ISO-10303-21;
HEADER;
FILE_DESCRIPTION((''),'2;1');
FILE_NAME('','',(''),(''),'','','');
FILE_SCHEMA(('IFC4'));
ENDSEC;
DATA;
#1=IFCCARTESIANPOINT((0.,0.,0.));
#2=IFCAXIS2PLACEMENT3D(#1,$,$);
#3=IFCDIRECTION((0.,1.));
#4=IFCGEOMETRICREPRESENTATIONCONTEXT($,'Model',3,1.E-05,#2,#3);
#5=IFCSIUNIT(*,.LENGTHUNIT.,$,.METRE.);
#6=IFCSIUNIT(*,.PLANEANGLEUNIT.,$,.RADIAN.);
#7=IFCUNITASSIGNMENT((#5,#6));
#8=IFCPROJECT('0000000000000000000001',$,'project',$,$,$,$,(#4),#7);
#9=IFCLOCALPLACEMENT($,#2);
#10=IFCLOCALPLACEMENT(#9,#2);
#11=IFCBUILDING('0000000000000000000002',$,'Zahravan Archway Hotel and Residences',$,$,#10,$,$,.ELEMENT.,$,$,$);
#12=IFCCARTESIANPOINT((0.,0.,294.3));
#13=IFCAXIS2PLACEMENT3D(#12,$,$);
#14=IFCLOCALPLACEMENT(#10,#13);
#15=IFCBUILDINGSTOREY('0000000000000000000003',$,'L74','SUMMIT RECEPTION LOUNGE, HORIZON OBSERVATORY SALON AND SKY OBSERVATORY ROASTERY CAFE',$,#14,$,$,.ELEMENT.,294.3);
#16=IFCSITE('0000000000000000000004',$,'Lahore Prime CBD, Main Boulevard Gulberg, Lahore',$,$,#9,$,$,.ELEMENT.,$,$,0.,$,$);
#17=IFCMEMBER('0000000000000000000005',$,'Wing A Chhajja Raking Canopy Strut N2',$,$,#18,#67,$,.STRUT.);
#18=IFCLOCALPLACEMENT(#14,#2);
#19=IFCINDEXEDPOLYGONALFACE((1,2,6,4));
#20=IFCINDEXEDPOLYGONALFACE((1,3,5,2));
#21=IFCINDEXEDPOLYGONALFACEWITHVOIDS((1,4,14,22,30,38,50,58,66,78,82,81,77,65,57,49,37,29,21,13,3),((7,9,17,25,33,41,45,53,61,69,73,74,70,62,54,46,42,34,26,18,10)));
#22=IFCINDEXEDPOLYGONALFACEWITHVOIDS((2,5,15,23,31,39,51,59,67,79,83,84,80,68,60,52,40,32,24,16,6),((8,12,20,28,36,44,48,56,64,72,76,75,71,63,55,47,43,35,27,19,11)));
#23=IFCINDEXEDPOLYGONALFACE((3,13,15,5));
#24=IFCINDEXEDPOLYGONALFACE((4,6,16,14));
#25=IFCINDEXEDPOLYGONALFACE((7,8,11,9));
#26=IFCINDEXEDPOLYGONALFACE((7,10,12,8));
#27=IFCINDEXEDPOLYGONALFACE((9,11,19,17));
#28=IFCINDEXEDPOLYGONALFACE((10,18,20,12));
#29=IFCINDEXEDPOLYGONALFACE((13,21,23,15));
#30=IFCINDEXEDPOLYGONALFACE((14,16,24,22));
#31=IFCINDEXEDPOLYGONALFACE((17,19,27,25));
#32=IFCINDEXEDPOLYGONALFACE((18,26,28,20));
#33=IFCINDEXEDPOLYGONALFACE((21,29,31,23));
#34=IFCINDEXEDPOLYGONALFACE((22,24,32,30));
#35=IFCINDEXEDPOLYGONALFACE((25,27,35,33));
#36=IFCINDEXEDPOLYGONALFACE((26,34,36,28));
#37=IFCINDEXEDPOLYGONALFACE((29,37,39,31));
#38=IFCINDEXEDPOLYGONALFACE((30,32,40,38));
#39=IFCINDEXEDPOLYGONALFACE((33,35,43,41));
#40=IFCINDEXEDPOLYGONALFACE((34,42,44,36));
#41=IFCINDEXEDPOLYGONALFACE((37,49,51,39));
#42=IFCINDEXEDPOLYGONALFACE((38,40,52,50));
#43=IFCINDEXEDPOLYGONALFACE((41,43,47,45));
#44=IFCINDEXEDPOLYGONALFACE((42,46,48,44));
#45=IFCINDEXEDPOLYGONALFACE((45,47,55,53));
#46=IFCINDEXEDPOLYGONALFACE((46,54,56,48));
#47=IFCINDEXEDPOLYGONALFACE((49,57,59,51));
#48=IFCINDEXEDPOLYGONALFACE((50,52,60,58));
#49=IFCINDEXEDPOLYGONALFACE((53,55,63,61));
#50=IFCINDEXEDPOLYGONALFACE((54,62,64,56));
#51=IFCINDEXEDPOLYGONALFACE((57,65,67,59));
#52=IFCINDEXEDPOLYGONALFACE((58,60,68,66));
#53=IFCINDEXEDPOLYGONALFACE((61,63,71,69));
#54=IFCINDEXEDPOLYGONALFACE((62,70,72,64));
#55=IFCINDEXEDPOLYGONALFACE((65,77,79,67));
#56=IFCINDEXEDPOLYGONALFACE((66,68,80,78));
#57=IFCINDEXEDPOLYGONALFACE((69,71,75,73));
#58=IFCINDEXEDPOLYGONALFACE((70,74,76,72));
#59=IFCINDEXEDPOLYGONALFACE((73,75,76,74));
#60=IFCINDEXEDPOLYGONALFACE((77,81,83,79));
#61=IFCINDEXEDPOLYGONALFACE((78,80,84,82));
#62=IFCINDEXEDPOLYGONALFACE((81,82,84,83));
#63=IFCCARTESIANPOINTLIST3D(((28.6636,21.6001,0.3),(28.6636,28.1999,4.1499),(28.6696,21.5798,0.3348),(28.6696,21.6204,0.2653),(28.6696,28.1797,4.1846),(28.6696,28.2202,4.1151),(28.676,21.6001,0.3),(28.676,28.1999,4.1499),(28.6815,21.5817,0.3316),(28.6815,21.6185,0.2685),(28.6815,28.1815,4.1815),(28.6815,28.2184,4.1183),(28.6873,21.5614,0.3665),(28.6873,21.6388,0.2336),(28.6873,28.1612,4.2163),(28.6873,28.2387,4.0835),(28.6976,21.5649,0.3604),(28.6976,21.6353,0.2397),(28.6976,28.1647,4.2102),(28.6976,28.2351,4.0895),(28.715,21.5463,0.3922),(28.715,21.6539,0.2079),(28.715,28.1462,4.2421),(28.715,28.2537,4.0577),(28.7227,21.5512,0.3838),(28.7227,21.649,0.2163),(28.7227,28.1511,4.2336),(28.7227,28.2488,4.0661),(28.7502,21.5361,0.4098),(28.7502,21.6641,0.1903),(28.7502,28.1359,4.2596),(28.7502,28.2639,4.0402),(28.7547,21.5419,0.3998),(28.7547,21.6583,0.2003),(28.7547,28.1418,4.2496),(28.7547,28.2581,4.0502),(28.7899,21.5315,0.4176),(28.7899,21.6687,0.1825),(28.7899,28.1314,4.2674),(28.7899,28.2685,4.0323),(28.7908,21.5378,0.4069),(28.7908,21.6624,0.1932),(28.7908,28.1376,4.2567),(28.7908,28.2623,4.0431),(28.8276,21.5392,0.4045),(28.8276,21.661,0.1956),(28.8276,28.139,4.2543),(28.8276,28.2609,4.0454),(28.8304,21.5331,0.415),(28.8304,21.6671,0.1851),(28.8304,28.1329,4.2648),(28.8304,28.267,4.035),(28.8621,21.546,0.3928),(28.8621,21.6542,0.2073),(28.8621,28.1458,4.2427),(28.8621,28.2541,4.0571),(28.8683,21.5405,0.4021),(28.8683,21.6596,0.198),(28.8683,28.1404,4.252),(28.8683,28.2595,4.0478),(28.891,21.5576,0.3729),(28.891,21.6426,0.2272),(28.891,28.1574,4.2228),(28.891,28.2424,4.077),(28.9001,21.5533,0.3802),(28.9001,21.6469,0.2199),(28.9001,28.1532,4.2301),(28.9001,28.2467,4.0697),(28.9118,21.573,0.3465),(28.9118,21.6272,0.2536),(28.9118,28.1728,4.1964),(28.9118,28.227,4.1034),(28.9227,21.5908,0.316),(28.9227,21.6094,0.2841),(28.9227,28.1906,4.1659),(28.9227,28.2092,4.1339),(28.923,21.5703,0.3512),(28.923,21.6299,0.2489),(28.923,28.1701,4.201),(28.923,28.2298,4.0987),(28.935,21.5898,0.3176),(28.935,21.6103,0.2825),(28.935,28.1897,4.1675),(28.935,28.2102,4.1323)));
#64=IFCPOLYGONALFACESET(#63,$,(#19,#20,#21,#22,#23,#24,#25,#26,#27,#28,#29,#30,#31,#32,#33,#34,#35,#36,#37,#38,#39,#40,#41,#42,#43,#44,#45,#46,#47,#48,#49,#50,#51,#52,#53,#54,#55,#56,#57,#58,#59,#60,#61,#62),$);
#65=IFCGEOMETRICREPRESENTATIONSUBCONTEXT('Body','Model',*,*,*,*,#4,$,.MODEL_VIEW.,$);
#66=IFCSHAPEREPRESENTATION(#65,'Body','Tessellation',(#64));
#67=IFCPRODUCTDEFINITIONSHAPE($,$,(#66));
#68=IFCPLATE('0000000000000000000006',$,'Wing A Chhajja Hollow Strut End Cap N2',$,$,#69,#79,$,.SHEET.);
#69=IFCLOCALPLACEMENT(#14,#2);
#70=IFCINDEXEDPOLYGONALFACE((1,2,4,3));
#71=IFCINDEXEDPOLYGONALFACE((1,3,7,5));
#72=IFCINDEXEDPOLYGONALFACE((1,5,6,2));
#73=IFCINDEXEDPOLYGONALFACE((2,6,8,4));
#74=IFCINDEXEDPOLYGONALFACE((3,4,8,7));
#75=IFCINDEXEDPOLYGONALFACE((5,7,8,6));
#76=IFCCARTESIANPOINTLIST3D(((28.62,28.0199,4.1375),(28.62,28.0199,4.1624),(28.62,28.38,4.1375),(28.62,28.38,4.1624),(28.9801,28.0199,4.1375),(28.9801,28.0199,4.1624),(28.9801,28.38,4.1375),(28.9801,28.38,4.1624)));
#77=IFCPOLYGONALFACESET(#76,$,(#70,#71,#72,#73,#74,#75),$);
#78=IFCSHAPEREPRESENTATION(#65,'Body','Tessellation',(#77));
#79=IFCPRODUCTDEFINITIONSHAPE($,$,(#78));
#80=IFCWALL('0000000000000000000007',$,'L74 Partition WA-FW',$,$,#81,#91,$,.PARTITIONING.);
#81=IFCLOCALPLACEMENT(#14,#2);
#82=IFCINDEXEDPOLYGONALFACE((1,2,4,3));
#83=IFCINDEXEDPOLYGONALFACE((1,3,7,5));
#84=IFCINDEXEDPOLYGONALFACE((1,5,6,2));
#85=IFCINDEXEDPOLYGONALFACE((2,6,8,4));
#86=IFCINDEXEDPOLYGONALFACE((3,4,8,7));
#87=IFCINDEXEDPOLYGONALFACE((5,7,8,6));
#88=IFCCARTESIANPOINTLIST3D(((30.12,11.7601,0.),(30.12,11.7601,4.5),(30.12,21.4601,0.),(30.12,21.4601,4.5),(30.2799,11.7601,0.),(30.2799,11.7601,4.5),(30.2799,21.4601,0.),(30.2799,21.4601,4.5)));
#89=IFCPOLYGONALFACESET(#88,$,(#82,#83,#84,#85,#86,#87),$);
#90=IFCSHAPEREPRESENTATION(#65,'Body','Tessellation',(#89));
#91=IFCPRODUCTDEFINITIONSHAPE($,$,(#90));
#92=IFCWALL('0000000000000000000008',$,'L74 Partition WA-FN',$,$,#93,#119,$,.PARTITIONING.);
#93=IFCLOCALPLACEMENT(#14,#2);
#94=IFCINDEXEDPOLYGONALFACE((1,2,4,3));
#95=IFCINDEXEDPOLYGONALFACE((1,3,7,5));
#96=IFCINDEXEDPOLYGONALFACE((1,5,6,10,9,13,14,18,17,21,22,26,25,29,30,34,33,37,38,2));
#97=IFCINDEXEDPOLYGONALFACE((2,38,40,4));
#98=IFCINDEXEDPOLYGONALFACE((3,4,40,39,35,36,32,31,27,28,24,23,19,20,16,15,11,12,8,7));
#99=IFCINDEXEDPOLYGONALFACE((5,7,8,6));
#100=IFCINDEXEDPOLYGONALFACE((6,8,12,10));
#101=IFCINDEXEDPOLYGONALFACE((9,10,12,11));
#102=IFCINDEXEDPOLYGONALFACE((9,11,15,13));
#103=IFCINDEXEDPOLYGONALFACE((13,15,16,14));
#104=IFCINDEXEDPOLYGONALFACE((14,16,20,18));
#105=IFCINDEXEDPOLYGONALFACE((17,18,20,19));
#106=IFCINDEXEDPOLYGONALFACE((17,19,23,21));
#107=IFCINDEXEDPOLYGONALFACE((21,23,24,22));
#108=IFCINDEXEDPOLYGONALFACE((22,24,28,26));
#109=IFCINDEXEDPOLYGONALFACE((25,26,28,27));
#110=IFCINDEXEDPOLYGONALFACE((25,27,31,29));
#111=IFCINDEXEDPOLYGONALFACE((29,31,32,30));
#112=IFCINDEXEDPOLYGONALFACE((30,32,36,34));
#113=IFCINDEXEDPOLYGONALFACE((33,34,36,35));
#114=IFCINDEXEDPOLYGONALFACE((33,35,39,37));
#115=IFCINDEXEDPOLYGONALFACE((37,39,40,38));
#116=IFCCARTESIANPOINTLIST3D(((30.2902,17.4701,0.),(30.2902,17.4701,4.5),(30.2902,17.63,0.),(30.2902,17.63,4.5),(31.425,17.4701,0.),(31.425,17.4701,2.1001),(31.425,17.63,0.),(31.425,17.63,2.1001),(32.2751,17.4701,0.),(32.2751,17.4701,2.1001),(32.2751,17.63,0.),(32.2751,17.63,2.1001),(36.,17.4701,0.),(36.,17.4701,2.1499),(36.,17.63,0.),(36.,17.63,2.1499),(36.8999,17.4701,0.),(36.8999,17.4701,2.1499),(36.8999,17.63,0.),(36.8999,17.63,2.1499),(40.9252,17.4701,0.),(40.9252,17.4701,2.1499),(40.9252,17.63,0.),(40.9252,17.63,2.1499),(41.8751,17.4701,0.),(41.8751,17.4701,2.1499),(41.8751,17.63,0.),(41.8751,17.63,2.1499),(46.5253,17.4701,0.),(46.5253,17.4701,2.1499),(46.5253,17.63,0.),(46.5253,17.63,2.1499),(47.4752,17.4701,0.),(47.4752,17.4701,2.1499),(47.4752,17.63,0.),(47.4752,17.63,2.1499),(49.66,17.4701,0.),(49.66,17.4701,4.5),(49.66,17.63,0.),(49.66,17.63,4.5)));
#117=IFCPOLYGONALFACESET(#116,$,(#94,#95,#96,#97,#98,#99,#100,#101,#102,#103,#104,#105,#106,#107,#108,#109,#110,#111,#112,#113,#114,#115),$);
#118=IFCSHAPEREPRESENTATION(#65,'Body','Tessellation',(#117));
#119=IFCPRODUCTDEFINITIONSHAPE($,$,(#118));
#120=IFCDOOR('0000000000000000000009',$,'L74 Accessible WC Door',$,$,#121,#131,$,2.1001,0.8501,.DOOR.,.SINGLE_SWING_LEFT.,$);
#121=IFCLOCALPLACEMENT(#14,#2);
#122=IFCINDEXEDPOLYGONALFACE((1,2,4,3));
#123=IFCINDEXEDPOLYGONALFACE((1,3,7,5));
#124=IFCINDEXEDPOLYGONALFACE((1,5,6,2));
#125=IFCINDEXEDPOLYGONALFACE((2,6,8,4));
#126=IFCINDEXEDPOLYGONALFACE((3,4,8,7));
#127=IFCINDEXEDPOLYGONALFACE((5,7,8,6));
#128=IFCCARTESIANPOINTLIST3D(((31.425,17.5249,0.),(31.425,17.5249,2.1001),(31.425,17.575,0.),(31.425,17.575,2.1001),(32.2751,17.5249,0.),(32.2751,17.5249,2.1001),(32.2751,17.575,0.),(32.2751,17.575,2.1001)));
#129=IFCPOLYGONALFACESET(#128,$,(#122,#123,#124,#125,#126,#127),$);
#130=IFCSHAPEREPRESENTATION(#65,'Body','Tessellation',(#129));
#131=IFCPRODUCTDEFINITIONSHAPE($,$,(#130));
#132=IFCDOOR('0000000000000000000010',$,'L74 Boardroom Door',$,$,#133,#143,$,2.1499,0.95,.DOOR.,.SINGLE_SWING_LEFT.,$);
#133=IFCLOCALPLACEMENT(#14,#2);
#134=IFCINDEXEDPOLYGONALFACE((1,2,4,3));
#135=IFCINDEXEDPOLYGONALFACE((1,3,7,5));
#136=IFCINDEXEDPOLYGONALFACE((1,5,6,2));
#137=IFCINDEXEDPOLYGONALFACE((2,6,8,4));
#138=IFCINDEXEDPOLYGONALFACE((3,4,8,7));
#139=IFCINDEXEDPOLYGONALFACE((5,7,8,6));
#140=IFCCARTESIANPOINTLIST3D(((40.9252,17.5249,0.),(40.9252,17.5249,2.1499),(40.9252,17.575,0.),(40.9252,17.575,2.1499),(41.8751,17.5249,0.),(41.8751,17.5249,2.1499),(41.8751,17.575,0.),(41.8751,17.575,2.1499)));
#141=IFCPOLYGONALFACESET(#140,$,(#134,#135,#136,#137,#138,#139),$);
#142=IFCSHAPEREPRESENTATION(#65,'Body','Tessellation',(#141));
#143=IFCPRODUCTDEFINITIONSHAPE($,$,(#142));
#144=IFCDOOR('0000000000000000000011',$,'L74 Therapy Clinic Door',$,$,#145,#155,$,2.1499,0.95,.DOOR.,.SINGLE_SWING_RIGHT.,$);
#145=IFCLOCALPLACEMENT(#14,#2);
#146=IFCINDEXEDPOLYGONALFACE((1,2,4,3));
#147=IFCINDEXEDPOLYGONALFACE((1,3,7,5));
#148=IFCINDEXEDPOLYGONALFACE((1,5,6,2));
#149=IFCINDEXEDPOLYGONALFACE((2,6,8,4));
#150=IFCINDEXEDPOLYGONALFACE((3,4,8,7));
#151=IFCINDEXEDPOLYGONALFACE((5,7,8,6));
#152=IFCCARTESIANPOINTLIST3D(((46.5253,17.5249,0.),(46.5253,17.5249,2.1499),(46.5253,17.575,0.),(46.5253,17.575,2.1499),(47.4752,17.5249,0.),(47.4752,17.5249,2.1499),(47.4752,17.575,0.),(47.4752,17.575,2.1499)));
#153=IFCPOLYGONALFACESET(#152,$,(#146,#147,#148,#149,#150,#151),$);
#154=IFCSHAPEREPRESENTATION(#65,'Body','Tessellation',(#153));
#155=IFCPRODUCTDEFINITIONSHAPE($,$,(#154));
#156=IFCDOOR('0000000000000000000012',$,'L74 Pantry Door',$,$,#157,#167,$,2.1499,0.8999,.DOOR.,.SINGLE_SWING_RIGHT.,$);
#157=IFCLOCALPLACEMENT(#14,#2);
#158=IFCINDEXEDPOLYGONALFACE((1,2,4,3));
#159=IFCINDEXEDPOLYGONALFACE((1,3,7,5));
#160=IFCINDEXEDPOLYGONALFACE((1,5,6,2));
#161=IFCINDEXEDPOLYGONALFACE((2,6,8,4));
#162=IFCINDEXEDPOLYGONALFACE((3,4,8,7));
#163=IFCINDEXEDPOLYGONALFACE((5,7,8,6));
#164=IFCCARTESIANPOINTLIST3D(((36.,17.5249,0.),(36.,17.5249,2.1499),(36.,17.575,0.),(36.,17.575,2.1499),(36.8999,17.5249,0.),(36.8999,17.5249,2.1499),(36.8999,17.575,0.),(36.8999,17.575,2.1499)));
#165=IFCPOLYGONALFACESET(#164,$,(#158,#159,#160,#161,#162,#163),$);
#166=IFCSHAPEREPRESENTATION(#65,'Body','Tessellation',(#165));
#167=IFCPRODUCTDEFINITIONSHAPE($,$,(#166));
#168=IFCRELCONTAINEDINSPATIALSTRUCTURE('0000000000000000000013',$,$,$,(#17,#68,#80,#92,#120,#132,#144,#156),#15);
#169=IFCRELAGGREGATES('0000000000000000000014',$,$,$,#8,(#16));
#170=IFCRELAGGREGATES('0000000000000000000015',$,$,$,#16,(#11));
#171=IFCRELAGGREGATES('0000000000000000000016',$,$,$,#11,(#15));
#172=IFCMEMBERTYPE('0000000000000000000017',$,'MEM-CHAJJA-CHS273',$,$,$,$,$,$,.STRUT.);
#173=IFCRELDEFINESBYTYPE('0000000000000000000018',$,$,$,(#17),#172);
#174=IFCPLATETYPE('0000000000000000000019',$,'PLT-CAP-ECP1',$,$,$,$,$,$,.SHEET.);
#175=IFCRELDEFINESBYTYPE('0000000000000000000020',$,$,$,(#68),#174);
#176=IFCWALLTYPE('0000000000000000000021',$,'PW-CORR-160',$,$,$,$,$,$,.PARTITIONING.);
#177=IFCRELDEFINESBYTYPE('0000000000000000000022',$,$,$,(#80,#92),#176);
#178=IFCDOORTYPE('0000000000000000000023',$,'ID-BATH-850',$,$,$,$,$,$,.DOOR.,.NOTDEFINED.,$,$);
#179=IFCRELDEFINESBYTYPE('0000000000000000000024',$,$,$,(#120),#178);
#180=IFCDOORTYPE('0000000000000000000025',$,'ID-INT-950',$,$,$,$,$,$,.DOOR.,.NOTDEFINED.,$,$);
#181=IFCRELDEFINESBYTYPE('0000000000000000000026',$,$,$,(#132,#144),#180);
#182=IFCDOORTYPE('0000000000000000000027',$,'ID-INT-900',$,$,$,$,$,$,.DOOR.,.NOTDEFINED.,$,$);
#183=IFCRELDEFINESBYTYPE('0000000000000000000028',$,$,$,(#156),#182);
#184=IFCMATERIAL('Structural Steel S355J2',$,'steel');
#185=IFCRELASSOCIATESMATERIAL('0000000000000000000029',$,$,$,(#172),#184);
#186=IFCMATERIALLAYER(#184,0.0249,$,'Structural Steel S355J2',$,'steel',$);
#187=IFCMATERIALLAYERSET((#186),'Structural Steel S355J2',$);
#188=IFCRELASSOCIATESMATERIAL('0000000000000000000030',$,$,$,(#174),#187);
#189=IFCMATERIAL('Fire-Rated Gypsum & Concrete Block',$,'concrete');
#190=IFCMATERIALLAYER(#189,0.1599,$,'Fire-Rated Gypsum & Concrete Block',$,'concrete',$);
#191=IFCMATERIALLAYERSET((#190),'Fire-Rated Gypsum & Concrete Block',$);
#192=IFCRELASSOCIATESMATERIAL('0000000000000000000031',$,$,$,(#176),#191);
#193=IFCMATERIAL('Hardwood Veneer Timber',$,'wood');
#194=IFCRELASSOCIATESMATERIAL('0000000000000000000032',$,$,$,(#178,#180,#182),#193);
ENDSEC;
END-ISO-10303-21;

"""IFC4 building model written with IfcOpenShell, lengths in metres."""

from ifc_helpers import new_model, si_unit, direction, frame, frame_2d, origin, origin_2d, place, context, subcontext, project, spatial, rectangle, hollow_circle, extrude, source, transform, mapped, material, layer, layer_set, material_profile, profile_set, type_object, type_shapes, element, fill, save


model = new_model("IFC4")

# Units and contexts
model_context = context("Model", 3, precision=1e-05, world=origin(), true_north=direction((0.0, 1.0)))
body_context = subcontext(model_context, "Body", "Model", "MODEL_VIEW")
ifc_project = project(units=[si_unit("LENGTHUNIT", "METRE"), si_unit("PLANEANGLEUNIT", "RADIAN")], contexts=[model_context])

# Site, building, storey
site_placement = place(None, origin())
site = spatial("IfcSite", under=ifc_project, at=site_placement, Name="Lahore Prime CBD, Main Boulevard Gulberg, Lahore", CompositionType="ELEMENT", RefElevation=0.0)
building_placement = place(site_placement, origin())
building = spatial("IfcBuilding", under=site, at=building_placement, Name="Zahravan Archway Hotel and Residences", CompositionType="ELEMENT")
storey_placement = place(building_placement, frame((0.0, 0.0, 294.3)))
storey = spatial("IfcBuildingStorey", under=building, at=storey_placement, Name="L74", Description="SUMMIT RECEPTION LOUNGE, HORIZON OBSERVATORY SALON AND SKY OBSERVATORY ROASTERY CAFE", CompositionType="ELEMENT", Elevation=294.3)

# Shared definitions
ifc_material_1 = material(Name="Structural Steel S355J2", Category="steel")

# Member
ifc_material_profile_1 = material_profile(ifc_material_1, hollow_circle(Radius=0.1365, WallThickness=0.0125, at=origin_2d()), Name="CHS 273x12.5", Category="steel")
ifc_profile_set_1 = profile_set([ifc_material_profile_1], Name="Structural Steel S355J2")
member_type = type_object("IfcMemberType", Name="MEM-CHAJJA-CHS273", PredefinedType="STRUT", material=ifc_profile_set_1)
shared_shape_1 = source(origin(), body_context, "Body", "SweptSolid", [
    extrude(hollow_circle(Radius=0.1365, WallThickness=0.0125, at=origin_2d()), origin(), (0.0, 0.0, 1.0), 7.6406),
])
member_placement = place(storey_placement, frame((28.8, 21.6001, 0.3), z_axis=(0.0, 0.863782, 0.503865), x_axis=(-1.0, 0.0, 0.0)))
element("IfcMember", 1, at=member_placement, inside=storey, type_object=member_type, Name="Wing A Chhajja Raking Canopy Strut N2", PredefinedType="STRUT", context=body_context, shape_type="MappedRepresentation", body=[
    mapped(shared_shape_1, transform((0.0, 0.0, 0.0), scale=1.0)),
])

# Plate
ifc_layer_1 = layer(ifc_material_1, 0.0249, Name="Structural Steel S355J2", Category="steel")
ifc_layer_set_1 = layer_set([ifc_layer_1], Name="Structural Steel S355J2")
plate_type = type_object("IfcPlateType", Name="PLT-CAP-ECP1", PredefinedType="SHEET", material=ifc_layer_set_1)
shared_shape_2 = source(origin(), body_context, "Body", "SweptSolid", [
    extrude(rectangle(XDim=0.3601, YDim=0.3601, at=origin_2d()), origin(), (0.0, 0.0, 1.0), 0.0249),
])
type_shapes(plate_type, [shared_shape_2])
plate_placement = place(storey_placement, frame((28.8, 28.2, 4.1375), z_axis=(0.0, 0.0, 1.0), x_axis=(1.0, 0.0, 0.0)))
element("IfcPlate", 2, at=plate_placement, inside=storey, type_object=plate_type, Name="Wing A Chhajja Hollow Strut End Cap N2", PredefinedType="SHEET", context=body_context, shape_type="MappedRepresentation", body=[
    mapped(shared_shape_2, transform((0.0, 0.0, 0.0), scale=1.0)),
])

# Wall
ifc_material_2 = material(Name="Fire-Rated Gypsum & Concrete Block", Category="concrete")
ifc_layer_2 = layer(ifc_material_2, 0.1599, Name="Fire-Rated Gypsum & Concrete Block", Category="concrete")
ifc_layer_set_2 = layer_set([ifc_layer_2], Name="Fire-Rated Gypsum & Concrete Block")
wall_type_1 = type_object("IfcWallType", Name="PW-CORR-160", PredefinedType="PARTITIONING", material=ifc_layer_set_2)
wall_1_placement = place(storey_placement, frame((30.2, 11.76, 0.0), z_axis=(0.0, 0.0, 1.0), x_axis=(0.0, 1.0, 0.0)))
element("IfcWall", 3, at=wall_1_placement, inside=storey, type_object=wall_type_1, Name="L74 Partition WA-FW", PredefinedType="PARTITIONING", context=body_context, shape_type="SweptSolid", body=[
    extrude(rectangle(XDim=9.7, YDim=0.1599, at=frame_2d((4.8501, 0.0))), origin(), (0.0, 0.0, 1.0), 4.5),
])

# Wall, openings, doors
wall_2_placement = place(storey_placement, frame((30.29, 17.55, 0.0), z_axis=(0.0, 0.0, 1.0), x_axis=(1.0, 0.0, 0.0)))
wall_2 = element("IfcWall", 4, at=wall_2_placement, inside=storey, type_object=wall_type_1, Name="L74 Partition WA-FN", PredefinedType="PARTITIONING", context=body_context, shape_type="SweptSolid", body=[
    extrude(rectangle(XDim=19.3699, YDim=0.1599, at=frame_2d((9.6851, 0.0))), origin(), (0.0, 0.0, 1.0), 4.5),
])
opening_1_placement = place(wall_2_placement, frame((1.135, 0.0, 0.0)))
opening_1 = element("IfcOpeningElement", 5, at=opening_1_placement, cuts=wall_2, PredefinedType="OPENING", context=body_context, shape_type="SweptSolid", body=[
    extrude(rectangle(XDim=0.8501, YDim=2.1001, at=frame_2d((0.425, 1.05))), frame((0.0, 0.0898, 0.0), z_axis=(0.0, -1.0, 0.0), x_axis=(1.0, 0.0, 0.0)), (0.0, 0.0, 1.0), 0.1799),
])
opening_2_placement = place(wall_2_placement, frame((5.71, 0.0, 0.0)))
opening_2 = element("IfcOpeningElement", 6, at=opening_2_placement, cuts=wall_2, PredefinedType="OPENING", context=body_context, shape_type="SweptSolid", body=[
    extrude(rectangle(XDim=0.8999, YDim=2.1499, at=frame_2d((0.45, 1.075))), frame((0.0, 0.0898, 0.0), z_axis=(0.0, -1.0, 0.0), x_axis=(1.0, 0.0, 0.0)), (0.0, 0.0, 1.0), 0.1799),
])
opening_3_placement = place(wall_2_placement, frame((10.635, 0.0, 0.0)))
opening_3 = element("IfcOpeningElement", 7, at=opening_3_placement, cuts=wall_2, PredefinedType="OPENING", context=body_context, shape_type="SweptSolid", body=[
    extrude(rectangle(XDim=0.95, YDim=2.1499, at=frame_2d((0.4751, 1.075))), frame((0.0, 0.0898, 0.0), z_axis=(0.0, -1.0, 0.0), x_axis=(1.0, 0.0, 0.0)), (0.0, 0.0, 1.0), 0.1799),
])
opening_4_placement = place(wall_2_placement, frame((16.2351, 0.0, 0.0)))
opening_4 = element("IfcOpeningElement", 8, at=opening_4_placement, cuts=wall_2, PredefinedType="OPENING", context=body_context, shape_type="SweptSolid", body=[
    extrude(rectangle(XDim=0.95, YDim=2.1499, at=frame_2d((0.4751, 1.075))), frame((0.0, 0.0898, 0.0), z_axis=(0.0, -1.0, 0.0), x_axis=(1.0, 0.0, 0.0)), (0.0, 0.0, 1.0), 0.1799),
])
ifc_material_3 = material(Name="Hardwood Veneer Timber", Category="wood")
door_type_1 = type_object("IfcDoorType", Name="ID-BATH-850", OperationType="NOTDEFINED", PredefinedType="DOOR", material=ifc_material_3)
shared_shape_3 = source(origin(), body_context, "Body", "SweptSolid", [
    extrude(rectangle(XDim=0.8501, YDim=2.1001, at=frame_2d((0.425, 1.05))), frame((0.0, 0.0249, 0.0), z_axis=(0.0, -1.0, 0.0), x_axis=(1.0, 0.0, 0.0)), (0.0, 0.0, 1.0), 0.05),
])
type_shapes(door_type_1, [shared_shape_3])
door_1_placement = place(opening_1_placement, origin())
door_1 = element("IfcDoor", 9, at=door_1_placement, inside=storey, type_object=door_type_1, Name="L74 Accessible WC Door", OperationType="SINGLE_SWING_LEFT", OverallHeight=2.1001, OverallWidth=0.8501, PredefinedType="DOOR", context=body_context, shape_type="MappedRepresentation", body=[
    mapped(shared_shape_3, transform((0.0, 0.0, 0.0), scale=1.0)),
])
fill(opening_1, door_1)
door_type_2 = type_object("IfcDoorType", Name="ID-INT-950", OperationType="NOTDEFINED", PredefinedType="DOOR", material=ifc_material_3)
shared_shape_4 = source(origin(), body_context, "Body", "SweptSolid", [
    extrude(rectangle(XDim=0.95, YDim=2.1499, at=frame_2d((0.4751, 1.075))), frame((0.0, 0.0249, 0.0), z_axis=(0.0, -1.0, 0.0), x_axis=(1.0, 0.0, 0.0)), (0.0, 0.0, 1.0), 0.05),
])
type_shapes(door_type_2, [shared_shape_4])
door_2_placement = place(opening_3_placement, origin())
door_2 = element("IfcDoor", 10, at=door_2_placement, inside=storey, type_object=door_type_2, Name="L74 Boardroom Door", OperationType="SINGLE_SWING_LEFT", OverallHeight=2.1499, OverallWidth=0.95, PredefinedType="DOOR", context=body_context, shape_type="MappedRepresentation", body=[
    mapped(shared_shape_4, transform((0.0, 0.0, 0.0), scale=1.0)),
])
fill(opening_3, door_2)
door_3_placement = place(opening_4_placement, origin())
door_3 = element("IfcDoor", 11, at=door_3_placement, inside=storey, type_object=door_type_2, Name="L74 Therapy Clinic Door", OperationType="SINGLE_SWING_RIGHT", OverallHeight=2.1499, OverallWidth=0.95, PredefinedType="DOOR", context=body_context, shape_type="MappedRepresentation", body=[
    mapped(shared_shape_4, transform((0.0, 0.0, 0.0), scale=1.0)),
])
fill(opening_4, door_3)
door_type_3 = type_object("IfcDoorType", Name="ID-INT-900", OperationType="NOTDEFINED", PredefinedType="DOOR", material=ifc_material_3)
shared_shape_5 = source(origin(), body_context, "Body", "SweptSolid", [
    extrude(rectangle(XDim=0.8999, YDim=2.1499, at=frame_2d((0.45, 1.075))), frame((0.0, 0.0249, 0.0), z_axis=(0.0, -1.0, 0.0), x_axis=(1.0, 0.0, 0.0)), (0.0, 0.0, 1.0), 0.05),
])
type_shapes(door_type_3, [shared_shape_5])
door_4_placement = place(opening_2_placement, origin())
door_4 = element("IfcDoor", 12, at=door_4_placement, inside=storey, type_object=door_type_3, Name="L74 Pantry Door", OperationType="SINGLE_SWING_RIGHT", OverallHeight=2.1499, OverallWidth=0.8999, PredefinedType="DOOR", context=body_context, shape_type="MappedRepresentation", body=[
    mapped(shared_shape_5, transform((0.0, 0.0, 0.0), scale=1.0)),
])
fill(opening_2, door_4)

save(model, "model.ifc")
